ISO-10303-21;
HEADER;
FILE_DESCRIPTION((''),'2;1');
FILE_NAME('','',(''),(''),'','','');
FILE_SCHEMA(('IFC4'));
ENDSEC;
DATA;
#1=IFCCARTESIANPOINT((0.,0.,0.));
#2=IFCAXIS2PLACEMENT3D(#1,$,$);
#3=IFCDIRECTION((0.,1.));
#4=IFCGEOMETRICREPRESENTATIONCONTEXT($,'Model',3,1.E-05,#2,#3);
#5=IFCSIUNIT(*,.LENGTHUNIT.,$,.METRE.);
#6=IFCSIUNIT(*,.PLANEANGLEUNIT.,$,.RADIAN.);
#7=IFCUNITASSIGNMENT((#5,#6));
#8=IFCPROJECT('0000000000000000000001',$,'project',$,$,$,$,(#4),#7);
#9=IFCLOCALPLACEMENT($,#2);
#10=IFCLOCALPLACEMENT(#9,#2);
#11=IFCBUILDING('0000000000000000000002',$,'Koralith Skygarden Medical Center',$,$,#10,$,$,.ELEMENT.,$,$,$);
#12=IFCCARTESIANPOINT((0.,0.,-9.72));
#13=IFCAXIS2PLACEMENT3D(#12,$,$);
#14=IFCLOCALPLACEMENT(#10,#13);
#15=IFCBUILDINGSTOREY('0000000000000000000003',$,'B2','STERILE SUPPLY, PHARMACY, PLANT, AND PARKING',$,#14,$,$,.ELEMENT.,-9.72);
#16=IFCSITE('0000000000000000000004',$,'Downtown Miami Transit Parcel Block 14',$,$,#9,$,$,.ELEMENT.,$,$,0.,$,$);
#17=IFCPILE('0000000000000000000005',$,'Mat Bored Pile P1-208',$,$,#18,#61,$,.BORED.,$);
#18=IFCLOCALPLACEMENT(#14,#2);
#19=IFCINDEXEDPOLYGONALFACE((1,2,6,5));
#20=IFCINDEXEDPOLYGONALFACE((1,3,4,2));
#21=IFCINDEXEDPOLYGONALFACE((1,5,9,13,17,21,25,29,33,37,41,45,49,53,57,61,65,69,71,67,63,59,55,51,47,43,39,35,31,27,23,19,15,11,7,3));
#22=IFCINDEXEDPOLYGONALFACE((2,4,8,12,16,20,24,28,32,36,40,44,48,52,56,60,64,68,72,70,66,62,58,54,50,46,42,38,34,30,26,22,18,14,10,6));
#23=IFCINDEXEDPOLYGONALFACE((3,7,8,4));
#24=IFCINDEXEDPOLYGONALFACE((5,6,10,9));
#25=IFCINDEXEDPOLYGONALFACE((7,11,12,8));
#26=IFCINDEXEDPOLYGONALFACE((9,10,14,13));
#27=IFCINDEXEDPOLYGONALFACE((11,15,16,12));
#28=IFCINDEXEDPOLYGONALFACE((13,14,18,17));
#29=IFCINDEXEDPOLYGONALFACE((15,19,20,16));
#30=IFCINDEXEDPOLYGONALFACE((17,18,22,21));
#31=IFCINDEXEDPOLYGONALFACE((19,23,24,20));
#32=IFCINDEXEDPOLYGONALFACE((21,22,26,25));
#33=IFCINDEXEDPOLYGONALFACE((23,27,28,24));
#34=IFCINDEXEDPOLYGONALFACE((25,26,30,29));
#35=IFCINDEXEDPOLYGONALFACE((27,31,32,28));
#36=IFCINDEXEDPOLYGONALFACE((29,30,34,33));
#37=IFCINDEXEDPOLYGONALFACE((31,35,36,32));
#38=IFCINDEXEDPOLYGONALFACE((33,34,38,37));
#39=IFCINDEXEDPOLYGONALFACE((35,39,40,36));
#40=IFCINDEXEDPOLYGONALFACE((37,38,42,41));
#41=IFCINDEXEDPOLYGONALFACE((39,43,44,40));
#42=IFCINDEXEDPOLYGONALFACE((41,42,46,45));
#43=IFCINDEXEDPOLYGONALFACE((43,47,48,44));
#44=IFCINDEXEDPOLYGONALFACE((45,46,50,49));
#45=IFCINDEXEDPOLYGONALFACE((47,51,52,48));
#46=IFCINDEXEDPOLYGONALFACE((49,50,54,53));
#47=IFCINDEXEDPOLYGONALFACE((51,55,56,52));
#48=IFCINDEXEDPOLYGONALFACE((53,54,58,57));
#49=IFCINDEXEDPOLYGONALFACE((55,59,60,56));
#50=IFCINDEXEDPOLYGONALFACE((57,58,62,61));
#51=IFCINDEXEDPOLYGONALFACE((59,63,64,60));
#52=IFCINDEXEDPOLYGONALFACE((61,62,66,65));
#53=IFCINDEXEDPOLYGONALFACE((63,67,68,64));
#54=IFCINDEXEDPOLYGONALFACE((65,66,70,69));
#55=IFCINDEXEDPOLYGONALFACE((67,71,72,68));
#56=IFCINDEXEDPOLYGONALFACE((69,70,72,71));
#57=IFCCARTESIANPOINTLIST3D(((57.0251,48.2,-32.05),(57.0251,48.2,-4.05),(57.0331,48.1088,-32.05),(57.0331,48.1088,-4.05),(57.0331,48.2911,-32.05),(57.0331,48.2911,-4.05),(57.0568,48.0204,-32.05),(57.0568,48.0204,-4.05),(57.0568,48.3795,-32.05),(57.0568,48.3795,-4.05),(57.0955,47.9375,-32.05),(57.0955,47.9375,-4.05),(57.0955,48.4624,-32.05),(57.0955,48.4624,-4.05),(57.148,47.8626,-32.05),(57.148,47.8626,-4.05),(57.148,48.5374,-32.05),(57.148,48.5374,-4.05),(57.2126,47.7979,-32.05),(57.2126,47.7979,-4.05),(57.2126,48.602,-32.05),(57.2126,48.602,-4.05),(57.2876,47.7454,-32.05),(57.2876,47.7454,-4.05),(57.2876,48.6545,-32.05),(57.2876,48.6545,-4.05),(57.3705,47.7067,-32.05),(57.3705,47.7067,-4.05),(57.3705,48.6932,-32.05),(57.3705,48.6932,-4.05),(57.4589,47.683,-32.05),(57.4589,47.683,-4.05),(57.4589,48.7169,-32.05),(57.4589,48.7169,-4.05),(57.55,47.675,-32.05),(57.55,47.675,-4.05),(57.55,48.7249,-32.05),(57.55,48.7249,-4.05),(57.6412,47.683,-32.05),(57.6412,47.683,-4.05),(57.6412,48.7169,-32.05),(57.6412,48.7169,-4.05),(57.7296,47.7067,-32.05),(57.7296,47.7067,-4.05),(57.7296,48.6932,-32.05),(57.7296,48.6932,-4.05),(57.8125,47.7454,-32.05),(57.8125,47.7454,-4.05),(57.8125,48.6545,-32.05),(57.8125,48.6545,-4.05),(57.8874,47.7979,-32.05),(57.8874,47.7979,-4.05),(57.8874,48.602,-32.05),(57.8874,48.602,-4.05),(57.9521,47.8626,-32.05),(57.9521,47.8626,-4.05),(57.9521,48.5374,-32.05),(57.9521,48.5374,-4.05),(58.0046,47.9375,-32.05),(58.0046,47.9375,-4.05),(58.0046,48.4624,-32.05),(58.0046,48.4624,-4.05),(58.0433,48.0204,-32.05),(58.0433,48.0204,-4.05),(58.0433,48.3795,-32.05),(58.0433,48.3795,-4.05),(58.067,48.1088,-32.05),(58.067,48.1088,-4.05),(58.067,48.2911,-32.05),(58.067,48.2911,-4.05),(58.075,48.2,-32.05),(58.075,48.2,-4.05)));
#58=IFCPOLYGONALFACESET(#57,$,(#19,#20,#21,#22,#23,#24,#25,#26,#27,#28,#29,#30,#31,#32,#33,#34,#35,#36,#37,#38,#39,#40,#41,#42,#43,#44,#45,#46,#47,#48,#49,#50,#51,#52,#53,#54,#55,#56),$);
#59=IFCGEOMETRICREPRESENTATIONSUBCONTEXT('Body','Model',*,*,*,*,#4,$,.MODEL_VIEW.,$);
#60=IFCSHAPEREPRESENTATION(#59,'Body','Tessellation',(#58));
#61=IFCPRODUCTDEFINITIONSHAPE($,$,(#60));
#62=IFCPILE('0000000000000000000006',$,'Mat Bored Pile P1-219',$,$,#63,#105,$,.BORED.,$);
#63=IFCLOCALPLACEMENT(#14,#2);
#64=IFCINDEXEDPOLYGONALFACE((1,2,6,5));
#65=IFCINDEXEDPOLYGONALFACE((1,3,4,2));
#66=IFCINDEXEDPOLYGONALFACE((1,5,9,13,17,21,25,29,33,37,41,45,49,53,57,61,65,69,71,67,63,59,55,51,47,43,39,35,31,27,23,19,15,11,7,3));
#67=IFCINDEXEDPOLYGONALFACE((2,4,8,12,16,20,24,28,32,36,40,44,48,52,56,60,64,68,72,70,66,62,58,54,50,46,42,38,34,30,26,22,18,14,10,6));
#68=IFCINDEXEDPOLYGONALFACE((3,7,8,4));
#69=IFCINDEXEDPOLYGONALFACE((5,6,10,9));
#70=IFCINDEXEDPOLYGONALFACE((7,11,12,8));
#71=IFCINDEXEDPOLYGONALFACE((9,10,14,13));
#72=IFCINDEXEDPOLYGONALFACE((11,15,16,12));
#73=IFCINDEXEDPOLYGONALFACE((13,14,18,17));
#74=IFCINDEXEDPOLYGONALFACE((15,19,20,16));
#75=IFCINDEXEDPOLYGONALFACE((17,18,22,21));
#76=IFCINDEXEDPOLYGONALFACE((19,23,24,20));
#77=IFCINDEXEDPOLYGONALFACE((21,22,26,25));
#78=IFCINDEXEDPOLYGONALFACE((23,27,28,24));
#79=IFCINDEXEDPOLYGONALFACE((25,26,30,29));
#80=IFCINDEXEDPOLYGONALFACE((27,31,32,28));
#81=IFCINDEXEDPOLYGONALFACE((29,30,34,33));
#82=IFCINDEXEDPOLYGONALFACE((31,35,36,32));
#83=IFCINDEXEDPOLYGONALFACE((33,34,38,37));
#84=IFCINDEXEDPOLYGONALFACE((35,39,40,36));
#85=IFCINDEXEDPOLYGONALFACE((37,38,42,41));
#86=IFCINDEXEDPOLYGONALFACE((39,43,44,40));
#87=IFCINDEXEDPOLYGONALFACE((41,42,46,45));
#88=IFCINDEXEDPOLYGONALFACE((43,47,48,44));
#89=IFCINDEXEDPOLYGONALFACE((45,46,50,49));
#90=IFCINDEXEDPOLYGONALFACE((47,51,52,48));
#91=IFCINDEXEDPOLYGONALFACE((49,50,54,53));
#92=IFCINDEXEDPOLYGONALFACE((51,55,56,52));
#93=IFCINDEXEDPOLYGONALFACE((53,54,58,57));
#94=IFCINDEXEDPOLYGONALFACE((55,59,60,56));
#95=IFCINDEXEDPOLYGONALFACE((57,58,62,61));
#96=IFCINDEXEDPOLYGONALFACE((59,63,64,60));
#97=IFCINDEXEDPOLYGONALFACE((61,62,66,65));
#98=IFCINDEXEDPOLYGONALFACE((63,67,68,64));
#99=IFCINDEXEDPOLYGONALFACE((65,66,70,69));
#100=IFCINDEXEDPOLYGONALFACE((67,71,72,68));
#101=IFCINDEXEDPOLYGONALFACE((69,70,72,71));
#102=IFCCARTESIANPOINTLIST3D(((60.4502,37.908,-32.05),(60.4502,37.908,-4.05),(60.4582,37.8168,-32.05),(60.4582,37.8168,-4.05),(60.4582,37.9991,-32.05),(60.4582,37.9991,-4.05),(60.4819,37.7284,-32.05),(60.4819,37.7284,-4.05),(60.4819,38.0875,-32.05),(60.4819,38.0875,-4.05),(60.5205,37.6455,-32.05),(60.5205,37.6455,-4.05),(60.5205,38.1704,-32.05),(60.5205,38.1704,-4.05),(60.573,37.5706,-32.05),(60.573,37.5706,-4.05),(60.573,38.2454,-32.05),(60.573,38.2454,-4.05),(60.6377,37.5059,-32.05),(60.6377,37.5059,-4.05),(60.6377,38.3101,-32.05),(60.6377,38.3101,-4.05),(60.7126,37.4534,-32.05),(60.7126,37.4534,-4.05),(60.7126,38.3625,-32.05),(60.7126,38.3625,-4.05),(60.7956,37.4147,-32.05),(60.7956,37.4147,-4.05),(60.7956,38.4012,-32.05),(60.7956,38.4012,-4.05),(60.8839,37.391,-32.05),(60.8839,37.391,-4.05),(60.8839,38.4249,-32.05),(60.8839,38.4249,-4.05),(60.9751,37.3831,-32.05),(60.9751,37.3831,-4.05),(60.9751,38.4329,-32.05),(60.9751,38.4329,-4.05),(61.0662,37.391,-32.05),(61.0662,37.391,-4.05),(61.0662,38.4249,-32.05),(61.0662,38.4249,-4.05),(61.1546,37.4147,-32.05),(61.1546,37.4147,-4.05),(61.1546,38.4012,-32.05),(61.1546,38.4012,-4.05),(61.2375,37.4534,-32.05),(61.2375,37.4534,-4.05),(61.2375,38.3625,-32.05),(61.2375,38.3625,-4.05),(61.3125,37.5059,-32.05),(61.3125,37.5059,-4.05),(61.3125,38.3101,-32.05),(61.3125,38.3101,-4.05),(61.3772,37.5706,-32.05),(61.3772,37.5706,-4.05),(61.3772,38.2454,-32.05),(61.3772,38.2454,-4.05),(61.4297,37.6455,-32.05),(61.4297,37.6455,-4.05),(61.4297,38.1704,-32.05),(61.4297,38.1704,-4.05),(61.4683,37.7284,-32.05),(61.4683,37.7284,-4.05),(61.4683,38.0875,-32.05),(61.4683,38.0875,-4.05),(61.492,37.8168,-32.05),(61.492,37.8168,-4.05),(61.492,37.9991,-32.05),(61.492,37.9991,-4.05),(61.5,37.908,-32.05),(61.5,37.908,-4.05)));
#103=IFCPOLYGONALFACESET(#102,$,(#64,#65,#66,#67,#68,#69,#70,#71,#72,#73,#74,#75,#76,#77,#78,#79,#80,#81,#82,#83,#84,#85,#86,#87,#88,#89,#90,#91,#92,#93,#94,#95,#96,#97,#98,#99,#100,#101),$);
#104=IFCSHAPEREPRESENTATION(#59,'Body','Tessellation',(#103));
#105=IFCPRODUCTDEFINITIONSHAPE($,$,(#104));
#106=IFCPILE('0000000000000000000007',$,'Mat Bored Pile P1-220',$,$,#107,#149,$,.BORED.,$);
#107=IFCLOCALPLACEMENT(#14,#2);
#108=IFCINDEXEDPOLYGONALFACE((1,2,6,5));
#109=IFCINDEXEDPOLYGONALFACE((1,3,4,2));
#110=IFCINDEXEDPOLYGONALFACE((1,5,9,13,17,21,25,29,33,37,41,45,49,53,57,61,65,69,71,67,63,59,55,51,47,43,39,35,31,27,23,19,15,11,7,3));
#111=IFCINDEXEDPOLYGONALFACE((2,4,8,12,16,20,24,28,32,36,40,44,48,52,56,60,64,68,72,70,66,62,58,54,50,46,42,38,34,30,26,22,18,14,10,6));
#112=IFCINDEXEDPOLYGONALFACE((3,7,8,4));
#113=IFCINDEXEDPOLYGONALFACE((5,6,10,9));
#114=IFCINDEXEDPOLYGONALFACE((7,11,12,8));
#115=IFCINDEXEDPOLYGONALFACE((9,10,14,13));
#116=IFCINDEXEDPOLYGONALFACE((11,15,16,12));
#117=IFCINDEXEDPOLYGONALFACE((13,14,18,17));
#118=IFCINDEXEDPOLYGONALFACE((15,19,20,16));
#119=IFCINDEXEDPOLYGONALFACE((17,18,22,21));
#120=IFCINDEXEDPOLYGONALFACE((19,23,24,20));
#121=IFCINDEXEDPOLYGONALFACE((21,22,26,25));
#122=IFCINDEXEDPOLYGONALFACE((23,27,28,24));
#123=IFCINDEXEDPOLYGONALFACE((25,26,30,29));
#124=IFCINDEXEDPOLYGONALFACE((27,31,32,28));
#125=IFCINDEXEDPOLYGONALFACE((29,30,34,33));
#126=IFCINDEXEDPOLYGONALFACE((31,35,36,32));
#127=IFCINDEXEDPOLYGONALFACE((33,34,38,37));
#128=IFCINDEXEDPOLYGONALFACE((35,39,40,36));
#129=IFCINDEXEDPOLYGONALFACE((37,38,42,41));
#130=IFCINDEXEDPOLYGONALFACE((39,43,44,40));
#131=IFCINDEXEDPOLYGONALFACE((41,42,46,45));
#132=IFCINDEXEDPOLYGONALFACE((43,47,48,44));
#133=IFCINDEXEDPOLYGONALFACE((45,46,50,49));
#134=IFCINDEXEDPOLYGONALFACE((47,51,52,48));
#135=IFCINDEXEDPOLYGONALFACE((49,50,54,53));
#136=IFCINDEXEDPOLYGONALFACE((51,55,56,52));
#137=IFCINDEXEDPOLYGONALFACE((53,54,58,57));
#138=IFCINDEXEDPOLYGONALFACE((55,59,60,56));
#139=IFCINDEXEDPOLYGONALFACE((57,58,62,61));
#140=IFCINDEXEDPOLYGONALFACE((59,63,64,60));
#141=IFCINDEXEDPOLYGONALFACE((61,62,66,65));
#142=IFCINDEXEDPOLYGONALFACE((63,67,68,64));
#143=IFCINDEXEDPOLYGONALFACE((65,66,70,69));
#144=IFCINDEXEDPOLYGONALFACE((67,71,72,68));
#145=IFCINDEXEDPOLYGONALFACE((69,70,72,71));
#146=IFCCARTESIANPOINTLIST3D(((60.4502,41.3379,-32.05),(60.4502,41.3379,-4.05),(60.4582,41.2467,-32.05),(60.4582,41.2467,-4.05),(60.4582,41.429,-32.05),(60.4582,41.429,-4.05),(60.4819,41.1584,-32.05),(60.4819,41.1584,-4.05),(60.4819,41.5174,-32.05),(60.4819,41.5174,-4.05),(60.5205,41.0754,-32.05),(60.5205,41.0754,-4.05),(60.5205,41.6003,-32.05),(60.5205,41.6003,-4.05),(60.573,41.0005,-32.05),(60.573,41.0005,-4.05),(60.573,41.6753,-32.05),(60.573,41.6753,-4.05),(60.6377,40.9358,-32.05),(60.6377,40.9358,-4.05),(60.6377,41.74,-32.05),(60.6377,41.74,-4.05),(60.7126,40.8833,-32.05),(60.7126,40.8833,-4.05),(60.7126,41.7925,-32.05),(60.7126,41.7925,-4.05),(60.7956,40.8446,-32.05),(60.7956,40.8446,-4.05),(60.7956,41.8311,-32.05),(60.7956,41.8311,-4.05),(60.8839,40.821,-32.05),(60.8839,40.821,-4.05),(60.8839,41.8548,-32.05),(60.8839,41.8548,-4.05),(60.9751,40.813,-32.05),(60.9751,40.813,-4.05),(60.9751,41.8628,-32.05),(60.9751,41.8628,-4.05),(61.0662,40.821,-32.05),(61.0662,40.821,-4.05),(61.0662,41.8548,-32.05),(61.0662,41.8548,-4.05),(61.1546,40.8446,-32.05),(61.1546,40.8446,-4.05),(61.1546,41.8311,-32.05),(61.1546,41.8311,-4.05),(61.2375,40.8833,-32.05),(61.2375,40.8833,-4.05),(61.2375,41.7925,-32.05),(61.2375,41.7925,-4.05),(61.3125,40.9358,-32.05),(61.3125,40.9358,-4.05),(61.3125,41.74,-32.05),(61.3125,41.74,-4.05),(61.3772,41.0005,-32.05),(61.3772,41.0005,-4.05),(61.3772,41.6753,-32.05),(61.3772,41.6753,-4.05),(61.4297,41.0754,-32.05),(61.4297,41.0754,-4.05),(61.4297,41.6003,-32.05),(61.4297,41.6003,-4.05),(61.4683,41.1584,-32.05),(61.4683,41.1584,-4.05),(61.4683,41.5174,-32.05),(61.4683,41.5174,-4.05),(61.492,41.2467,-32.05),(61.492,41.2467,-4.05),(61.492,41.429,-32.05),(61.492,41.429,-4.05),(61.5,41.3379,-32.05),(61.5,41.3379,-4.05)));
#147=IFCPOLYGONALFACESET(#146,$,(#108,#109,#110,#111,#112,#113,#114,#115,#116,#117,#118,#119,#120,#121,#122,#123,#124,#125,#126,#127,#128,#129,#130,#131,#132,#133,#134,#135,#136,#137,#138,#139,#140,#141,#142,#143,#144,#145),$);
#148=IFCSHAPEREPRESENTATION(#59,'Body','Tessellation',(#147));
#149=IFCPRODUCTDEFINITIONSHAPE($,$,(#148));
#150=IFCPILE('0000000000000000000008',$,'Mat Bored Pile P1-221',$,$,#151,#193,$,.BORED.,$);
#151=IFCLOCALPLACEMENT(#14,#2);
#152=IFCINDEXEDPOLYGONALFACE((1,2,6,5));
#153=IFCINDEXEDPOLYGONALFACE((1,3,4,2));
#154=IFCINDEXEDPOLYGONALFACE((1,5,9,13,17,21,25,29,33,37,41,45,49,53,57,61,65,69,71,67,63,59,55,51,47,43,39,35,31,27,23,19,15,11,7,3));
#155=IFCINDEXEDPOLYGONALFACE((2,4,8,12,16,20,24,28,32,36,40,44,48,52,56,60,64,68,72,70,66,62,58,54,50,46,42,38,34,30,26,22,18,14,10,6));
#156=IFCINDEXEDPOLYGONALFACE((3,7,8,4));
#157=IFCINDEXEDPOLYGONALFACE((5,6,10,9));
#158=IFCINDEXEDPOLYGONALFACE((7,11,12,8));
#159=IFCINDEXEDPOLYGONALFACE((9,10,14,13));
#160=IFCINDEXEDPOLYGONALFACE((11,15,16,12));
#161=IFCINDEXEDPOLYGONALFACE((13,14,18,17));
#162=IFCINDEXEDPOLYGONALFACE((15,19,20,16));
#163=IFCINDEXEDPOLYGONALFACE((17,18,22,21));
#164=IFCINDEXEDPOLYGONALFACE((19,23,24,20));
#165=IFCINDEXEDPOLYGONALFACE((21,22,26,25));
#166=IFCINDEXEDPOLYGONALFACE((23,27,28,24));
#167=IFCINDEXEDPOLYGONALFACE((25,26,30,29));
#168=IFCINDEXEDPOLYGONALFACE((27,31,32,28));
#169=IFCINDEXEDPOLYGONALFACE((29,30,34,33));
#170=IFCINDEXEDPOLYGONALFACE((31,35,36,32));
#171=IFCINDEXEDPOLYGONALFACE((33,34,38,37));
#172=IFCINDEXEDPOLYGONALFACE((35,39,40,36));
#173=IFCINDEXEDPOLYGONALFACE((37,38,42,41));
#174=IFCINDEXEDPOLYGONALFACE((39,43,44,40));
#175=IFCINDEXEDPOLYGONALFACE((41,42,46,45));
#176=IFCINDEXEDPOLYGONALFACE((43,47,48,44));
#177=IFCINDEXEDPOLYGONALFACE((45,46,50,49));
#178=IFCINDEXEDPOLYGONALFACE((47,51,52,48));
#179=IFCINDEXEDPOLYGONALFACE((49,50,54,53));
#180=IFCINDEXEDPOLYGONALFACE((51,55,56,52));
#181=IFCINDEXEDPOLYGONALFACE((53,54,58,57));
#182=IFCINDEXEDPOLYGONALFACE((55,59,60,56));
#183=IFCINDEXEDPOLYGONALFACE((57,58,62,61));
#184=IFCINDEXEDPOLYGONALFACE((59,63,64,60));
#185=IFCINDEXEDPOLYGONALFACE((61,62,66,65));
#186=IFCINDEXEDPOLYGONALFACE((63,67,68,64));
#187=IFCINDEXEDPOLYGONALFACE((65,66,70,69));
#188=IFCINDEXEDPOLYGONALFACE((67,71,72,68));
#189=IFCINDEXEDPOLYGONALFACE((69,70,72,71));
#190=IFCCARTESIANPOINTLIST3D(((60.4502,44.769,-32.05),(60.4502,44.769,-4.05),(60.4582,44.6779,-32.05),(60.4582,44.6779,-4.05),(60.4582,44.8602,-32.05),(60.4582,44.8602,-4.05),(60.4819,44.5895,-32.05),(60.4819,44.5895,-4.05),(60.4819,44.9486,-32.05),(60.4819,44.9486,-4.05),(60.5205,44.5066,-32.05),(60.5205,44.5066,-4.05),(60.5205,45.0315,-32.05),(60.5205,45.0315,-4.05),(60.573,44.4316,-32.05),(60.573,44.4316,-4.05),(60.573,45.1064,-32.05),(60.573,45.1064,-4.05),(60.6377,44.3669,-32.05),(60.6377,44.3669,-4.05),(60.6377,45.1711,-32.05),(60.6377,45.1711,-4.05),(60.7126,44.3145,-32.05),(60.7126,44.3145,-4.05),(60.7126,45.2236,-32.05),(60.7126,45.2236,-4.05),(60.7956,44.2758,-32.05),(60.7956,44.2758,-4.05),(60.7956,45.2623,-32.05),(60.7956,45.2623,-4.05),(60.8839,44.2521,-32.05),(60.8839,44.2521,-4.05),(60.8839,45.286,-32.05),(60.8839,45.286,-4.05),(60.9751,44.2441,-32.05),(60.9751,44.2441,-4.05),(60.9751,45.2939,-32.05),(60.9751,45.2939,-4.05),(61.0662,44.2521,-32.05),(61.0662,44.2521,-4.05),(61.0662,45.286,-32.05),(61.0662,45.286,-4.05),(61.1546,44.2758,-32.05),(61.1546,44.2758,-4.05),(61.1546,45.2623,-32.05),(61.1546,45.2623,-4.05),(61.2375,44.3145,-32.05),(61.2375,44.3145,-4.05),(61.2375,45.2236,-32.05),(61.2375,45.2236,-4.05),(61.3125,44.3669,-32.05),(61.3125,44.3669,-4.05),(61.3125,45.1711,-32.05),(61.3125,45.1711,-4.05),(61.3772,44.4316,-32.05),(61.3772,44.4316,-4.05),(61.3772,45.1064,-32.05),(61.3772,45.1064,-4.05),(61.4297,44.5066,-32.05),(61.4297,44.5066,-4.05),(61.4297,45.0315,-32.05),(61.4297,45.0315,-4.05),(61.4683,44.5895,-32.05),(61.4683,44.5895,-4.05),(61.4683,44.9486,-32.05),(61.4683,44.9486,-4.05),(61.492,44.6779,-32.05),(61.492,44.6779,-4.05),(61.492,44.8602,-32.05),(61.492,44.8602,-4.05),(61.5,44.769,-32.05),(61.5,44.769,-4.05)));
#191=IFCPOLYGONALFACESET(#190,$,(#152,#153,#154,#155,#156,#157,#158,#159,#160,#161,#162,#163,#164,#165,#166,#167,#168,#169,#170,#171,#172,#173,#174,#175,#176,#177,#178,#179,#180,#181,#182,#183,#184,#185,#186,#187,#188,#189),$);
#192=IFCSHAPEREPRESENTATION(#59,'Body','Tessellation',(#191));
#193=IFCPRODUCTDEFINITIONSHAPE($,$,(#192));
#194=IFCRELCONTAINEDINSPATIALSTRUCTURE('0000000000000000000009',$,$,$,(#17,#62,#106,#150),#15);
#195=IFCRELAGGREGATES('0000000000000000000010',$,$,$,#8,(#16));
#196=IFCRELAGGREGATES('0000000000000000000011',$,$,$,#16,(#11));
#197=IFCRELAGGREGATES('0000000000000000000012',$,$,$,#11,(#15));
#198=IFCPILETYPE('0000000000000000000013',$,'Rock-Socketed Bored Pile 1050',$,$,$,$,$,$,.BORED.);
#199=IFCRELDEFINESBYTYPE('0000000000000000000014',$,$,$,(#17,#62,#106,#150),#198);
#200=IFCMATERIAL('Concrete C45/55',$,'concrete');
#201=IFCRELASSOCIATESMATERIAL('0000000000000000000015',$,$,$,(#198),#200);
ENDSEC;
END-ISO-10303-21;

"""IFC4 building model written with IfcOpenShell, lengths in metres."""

from ifc_helpers import new_model, si_unit, direction, frame, origin, origin_2d, place, context, subcontext, project, spatial, circle, extrude, material, material_profile, profile_set, type_object, element, save


model = new_model("IFC4")

# Units and contexts
model_context = context("Model", 3, precision=1e-05, world=origin(), true_north=direction((0.0, 1.0)))
body_context = subcontext(model_context, "Body", "Model", "MODEL_VIEW")
ifc_project = project(units=[si_unit("LENGTHUNIT", "METRE"), si_unit("PLANEANGLEUNIT", "RADIAN")], contexts=[model_context])

# Site, building, storey
site_placement = place(None, origin())
site = spatial("IfcSite", under=ifc_project, at=site_placement, Name="Downtown Miami Transit Parcel Block 14", CompositionType="ELEMENT", RefElevation=0.0)
building_placement = place(site_placement, origin())
building = spatial("IfcBuilding", under=site, at=building_placement, Name="Koralith Skygarden Medical Center", CompositionType="ELEMENT")
storey_placement = place(building_placement, frame((0.0, 0.0, -9.72)))
storey = spatial("IfcBuildingStorey", under=building, at=storey_placement, Name="B2", Description="STERILE SUPPLY, PHARMACY, PLANT, AND PARKING", CompositionType="ELEMENT", Elevation=-9.72)

# Piles
ifc_material_1 = material(Name="Concrete C45/55", Category="concrete")
ifc_material_profile_1 = material_profile(ifc_material_1, circle(Radius=0.5249, at=origin_2d()), Name="PILE1050")
ifc_profile_set_1 = profile_set([ifc_material_profile_1], Name="Concrete C45/55")
pile_type = type_object("IfcPileType", Name="Rock-Socketed Bored Pile 1050", PredefinedType="BORED", material=ifc_profile_set_1)
for number, where, z_axis, x_axis, name in (
    (1, (57.55, 48.2, -4.05), (0.0, 0.0, -1.0), (1.0, 0.0, 0.0), "Mat Bored Pile P1-208"),
    (2, (60.9751, 37.908, -4.05), (0.0, 0.0, -1.0), (1.0, 0.0, 0.0), "Mat Bored Pile P1-219"),
    (3, (60.9751, 41.3379, -4.05), (0.0, 0.0, -1.0), (1.0, 0.0, 0.0), "Mat Bored Pile P1-220"),
    (4, (60.9751, 44.769, -4.05), (0.0, 0.0, -1.0), (1.0, 0.0, 0.0), "Mat Bored Pile P1-221"),
):
    element("IfcPile", number, at=place(storey_placement, frame(where, z_axis=z_axis, x_axis=x_axis)), inside=storey, type_object=pile_type, Name=name, PredefinedType="BORED", context=body_context, shape_type="SweptSolid", body=[
        extrude(circle(Radius=0.5249, at=origin_2d()), origin(), (0.0, 0.0, 1.0), 28.0),
    ])

save(model, "model.ifc")
